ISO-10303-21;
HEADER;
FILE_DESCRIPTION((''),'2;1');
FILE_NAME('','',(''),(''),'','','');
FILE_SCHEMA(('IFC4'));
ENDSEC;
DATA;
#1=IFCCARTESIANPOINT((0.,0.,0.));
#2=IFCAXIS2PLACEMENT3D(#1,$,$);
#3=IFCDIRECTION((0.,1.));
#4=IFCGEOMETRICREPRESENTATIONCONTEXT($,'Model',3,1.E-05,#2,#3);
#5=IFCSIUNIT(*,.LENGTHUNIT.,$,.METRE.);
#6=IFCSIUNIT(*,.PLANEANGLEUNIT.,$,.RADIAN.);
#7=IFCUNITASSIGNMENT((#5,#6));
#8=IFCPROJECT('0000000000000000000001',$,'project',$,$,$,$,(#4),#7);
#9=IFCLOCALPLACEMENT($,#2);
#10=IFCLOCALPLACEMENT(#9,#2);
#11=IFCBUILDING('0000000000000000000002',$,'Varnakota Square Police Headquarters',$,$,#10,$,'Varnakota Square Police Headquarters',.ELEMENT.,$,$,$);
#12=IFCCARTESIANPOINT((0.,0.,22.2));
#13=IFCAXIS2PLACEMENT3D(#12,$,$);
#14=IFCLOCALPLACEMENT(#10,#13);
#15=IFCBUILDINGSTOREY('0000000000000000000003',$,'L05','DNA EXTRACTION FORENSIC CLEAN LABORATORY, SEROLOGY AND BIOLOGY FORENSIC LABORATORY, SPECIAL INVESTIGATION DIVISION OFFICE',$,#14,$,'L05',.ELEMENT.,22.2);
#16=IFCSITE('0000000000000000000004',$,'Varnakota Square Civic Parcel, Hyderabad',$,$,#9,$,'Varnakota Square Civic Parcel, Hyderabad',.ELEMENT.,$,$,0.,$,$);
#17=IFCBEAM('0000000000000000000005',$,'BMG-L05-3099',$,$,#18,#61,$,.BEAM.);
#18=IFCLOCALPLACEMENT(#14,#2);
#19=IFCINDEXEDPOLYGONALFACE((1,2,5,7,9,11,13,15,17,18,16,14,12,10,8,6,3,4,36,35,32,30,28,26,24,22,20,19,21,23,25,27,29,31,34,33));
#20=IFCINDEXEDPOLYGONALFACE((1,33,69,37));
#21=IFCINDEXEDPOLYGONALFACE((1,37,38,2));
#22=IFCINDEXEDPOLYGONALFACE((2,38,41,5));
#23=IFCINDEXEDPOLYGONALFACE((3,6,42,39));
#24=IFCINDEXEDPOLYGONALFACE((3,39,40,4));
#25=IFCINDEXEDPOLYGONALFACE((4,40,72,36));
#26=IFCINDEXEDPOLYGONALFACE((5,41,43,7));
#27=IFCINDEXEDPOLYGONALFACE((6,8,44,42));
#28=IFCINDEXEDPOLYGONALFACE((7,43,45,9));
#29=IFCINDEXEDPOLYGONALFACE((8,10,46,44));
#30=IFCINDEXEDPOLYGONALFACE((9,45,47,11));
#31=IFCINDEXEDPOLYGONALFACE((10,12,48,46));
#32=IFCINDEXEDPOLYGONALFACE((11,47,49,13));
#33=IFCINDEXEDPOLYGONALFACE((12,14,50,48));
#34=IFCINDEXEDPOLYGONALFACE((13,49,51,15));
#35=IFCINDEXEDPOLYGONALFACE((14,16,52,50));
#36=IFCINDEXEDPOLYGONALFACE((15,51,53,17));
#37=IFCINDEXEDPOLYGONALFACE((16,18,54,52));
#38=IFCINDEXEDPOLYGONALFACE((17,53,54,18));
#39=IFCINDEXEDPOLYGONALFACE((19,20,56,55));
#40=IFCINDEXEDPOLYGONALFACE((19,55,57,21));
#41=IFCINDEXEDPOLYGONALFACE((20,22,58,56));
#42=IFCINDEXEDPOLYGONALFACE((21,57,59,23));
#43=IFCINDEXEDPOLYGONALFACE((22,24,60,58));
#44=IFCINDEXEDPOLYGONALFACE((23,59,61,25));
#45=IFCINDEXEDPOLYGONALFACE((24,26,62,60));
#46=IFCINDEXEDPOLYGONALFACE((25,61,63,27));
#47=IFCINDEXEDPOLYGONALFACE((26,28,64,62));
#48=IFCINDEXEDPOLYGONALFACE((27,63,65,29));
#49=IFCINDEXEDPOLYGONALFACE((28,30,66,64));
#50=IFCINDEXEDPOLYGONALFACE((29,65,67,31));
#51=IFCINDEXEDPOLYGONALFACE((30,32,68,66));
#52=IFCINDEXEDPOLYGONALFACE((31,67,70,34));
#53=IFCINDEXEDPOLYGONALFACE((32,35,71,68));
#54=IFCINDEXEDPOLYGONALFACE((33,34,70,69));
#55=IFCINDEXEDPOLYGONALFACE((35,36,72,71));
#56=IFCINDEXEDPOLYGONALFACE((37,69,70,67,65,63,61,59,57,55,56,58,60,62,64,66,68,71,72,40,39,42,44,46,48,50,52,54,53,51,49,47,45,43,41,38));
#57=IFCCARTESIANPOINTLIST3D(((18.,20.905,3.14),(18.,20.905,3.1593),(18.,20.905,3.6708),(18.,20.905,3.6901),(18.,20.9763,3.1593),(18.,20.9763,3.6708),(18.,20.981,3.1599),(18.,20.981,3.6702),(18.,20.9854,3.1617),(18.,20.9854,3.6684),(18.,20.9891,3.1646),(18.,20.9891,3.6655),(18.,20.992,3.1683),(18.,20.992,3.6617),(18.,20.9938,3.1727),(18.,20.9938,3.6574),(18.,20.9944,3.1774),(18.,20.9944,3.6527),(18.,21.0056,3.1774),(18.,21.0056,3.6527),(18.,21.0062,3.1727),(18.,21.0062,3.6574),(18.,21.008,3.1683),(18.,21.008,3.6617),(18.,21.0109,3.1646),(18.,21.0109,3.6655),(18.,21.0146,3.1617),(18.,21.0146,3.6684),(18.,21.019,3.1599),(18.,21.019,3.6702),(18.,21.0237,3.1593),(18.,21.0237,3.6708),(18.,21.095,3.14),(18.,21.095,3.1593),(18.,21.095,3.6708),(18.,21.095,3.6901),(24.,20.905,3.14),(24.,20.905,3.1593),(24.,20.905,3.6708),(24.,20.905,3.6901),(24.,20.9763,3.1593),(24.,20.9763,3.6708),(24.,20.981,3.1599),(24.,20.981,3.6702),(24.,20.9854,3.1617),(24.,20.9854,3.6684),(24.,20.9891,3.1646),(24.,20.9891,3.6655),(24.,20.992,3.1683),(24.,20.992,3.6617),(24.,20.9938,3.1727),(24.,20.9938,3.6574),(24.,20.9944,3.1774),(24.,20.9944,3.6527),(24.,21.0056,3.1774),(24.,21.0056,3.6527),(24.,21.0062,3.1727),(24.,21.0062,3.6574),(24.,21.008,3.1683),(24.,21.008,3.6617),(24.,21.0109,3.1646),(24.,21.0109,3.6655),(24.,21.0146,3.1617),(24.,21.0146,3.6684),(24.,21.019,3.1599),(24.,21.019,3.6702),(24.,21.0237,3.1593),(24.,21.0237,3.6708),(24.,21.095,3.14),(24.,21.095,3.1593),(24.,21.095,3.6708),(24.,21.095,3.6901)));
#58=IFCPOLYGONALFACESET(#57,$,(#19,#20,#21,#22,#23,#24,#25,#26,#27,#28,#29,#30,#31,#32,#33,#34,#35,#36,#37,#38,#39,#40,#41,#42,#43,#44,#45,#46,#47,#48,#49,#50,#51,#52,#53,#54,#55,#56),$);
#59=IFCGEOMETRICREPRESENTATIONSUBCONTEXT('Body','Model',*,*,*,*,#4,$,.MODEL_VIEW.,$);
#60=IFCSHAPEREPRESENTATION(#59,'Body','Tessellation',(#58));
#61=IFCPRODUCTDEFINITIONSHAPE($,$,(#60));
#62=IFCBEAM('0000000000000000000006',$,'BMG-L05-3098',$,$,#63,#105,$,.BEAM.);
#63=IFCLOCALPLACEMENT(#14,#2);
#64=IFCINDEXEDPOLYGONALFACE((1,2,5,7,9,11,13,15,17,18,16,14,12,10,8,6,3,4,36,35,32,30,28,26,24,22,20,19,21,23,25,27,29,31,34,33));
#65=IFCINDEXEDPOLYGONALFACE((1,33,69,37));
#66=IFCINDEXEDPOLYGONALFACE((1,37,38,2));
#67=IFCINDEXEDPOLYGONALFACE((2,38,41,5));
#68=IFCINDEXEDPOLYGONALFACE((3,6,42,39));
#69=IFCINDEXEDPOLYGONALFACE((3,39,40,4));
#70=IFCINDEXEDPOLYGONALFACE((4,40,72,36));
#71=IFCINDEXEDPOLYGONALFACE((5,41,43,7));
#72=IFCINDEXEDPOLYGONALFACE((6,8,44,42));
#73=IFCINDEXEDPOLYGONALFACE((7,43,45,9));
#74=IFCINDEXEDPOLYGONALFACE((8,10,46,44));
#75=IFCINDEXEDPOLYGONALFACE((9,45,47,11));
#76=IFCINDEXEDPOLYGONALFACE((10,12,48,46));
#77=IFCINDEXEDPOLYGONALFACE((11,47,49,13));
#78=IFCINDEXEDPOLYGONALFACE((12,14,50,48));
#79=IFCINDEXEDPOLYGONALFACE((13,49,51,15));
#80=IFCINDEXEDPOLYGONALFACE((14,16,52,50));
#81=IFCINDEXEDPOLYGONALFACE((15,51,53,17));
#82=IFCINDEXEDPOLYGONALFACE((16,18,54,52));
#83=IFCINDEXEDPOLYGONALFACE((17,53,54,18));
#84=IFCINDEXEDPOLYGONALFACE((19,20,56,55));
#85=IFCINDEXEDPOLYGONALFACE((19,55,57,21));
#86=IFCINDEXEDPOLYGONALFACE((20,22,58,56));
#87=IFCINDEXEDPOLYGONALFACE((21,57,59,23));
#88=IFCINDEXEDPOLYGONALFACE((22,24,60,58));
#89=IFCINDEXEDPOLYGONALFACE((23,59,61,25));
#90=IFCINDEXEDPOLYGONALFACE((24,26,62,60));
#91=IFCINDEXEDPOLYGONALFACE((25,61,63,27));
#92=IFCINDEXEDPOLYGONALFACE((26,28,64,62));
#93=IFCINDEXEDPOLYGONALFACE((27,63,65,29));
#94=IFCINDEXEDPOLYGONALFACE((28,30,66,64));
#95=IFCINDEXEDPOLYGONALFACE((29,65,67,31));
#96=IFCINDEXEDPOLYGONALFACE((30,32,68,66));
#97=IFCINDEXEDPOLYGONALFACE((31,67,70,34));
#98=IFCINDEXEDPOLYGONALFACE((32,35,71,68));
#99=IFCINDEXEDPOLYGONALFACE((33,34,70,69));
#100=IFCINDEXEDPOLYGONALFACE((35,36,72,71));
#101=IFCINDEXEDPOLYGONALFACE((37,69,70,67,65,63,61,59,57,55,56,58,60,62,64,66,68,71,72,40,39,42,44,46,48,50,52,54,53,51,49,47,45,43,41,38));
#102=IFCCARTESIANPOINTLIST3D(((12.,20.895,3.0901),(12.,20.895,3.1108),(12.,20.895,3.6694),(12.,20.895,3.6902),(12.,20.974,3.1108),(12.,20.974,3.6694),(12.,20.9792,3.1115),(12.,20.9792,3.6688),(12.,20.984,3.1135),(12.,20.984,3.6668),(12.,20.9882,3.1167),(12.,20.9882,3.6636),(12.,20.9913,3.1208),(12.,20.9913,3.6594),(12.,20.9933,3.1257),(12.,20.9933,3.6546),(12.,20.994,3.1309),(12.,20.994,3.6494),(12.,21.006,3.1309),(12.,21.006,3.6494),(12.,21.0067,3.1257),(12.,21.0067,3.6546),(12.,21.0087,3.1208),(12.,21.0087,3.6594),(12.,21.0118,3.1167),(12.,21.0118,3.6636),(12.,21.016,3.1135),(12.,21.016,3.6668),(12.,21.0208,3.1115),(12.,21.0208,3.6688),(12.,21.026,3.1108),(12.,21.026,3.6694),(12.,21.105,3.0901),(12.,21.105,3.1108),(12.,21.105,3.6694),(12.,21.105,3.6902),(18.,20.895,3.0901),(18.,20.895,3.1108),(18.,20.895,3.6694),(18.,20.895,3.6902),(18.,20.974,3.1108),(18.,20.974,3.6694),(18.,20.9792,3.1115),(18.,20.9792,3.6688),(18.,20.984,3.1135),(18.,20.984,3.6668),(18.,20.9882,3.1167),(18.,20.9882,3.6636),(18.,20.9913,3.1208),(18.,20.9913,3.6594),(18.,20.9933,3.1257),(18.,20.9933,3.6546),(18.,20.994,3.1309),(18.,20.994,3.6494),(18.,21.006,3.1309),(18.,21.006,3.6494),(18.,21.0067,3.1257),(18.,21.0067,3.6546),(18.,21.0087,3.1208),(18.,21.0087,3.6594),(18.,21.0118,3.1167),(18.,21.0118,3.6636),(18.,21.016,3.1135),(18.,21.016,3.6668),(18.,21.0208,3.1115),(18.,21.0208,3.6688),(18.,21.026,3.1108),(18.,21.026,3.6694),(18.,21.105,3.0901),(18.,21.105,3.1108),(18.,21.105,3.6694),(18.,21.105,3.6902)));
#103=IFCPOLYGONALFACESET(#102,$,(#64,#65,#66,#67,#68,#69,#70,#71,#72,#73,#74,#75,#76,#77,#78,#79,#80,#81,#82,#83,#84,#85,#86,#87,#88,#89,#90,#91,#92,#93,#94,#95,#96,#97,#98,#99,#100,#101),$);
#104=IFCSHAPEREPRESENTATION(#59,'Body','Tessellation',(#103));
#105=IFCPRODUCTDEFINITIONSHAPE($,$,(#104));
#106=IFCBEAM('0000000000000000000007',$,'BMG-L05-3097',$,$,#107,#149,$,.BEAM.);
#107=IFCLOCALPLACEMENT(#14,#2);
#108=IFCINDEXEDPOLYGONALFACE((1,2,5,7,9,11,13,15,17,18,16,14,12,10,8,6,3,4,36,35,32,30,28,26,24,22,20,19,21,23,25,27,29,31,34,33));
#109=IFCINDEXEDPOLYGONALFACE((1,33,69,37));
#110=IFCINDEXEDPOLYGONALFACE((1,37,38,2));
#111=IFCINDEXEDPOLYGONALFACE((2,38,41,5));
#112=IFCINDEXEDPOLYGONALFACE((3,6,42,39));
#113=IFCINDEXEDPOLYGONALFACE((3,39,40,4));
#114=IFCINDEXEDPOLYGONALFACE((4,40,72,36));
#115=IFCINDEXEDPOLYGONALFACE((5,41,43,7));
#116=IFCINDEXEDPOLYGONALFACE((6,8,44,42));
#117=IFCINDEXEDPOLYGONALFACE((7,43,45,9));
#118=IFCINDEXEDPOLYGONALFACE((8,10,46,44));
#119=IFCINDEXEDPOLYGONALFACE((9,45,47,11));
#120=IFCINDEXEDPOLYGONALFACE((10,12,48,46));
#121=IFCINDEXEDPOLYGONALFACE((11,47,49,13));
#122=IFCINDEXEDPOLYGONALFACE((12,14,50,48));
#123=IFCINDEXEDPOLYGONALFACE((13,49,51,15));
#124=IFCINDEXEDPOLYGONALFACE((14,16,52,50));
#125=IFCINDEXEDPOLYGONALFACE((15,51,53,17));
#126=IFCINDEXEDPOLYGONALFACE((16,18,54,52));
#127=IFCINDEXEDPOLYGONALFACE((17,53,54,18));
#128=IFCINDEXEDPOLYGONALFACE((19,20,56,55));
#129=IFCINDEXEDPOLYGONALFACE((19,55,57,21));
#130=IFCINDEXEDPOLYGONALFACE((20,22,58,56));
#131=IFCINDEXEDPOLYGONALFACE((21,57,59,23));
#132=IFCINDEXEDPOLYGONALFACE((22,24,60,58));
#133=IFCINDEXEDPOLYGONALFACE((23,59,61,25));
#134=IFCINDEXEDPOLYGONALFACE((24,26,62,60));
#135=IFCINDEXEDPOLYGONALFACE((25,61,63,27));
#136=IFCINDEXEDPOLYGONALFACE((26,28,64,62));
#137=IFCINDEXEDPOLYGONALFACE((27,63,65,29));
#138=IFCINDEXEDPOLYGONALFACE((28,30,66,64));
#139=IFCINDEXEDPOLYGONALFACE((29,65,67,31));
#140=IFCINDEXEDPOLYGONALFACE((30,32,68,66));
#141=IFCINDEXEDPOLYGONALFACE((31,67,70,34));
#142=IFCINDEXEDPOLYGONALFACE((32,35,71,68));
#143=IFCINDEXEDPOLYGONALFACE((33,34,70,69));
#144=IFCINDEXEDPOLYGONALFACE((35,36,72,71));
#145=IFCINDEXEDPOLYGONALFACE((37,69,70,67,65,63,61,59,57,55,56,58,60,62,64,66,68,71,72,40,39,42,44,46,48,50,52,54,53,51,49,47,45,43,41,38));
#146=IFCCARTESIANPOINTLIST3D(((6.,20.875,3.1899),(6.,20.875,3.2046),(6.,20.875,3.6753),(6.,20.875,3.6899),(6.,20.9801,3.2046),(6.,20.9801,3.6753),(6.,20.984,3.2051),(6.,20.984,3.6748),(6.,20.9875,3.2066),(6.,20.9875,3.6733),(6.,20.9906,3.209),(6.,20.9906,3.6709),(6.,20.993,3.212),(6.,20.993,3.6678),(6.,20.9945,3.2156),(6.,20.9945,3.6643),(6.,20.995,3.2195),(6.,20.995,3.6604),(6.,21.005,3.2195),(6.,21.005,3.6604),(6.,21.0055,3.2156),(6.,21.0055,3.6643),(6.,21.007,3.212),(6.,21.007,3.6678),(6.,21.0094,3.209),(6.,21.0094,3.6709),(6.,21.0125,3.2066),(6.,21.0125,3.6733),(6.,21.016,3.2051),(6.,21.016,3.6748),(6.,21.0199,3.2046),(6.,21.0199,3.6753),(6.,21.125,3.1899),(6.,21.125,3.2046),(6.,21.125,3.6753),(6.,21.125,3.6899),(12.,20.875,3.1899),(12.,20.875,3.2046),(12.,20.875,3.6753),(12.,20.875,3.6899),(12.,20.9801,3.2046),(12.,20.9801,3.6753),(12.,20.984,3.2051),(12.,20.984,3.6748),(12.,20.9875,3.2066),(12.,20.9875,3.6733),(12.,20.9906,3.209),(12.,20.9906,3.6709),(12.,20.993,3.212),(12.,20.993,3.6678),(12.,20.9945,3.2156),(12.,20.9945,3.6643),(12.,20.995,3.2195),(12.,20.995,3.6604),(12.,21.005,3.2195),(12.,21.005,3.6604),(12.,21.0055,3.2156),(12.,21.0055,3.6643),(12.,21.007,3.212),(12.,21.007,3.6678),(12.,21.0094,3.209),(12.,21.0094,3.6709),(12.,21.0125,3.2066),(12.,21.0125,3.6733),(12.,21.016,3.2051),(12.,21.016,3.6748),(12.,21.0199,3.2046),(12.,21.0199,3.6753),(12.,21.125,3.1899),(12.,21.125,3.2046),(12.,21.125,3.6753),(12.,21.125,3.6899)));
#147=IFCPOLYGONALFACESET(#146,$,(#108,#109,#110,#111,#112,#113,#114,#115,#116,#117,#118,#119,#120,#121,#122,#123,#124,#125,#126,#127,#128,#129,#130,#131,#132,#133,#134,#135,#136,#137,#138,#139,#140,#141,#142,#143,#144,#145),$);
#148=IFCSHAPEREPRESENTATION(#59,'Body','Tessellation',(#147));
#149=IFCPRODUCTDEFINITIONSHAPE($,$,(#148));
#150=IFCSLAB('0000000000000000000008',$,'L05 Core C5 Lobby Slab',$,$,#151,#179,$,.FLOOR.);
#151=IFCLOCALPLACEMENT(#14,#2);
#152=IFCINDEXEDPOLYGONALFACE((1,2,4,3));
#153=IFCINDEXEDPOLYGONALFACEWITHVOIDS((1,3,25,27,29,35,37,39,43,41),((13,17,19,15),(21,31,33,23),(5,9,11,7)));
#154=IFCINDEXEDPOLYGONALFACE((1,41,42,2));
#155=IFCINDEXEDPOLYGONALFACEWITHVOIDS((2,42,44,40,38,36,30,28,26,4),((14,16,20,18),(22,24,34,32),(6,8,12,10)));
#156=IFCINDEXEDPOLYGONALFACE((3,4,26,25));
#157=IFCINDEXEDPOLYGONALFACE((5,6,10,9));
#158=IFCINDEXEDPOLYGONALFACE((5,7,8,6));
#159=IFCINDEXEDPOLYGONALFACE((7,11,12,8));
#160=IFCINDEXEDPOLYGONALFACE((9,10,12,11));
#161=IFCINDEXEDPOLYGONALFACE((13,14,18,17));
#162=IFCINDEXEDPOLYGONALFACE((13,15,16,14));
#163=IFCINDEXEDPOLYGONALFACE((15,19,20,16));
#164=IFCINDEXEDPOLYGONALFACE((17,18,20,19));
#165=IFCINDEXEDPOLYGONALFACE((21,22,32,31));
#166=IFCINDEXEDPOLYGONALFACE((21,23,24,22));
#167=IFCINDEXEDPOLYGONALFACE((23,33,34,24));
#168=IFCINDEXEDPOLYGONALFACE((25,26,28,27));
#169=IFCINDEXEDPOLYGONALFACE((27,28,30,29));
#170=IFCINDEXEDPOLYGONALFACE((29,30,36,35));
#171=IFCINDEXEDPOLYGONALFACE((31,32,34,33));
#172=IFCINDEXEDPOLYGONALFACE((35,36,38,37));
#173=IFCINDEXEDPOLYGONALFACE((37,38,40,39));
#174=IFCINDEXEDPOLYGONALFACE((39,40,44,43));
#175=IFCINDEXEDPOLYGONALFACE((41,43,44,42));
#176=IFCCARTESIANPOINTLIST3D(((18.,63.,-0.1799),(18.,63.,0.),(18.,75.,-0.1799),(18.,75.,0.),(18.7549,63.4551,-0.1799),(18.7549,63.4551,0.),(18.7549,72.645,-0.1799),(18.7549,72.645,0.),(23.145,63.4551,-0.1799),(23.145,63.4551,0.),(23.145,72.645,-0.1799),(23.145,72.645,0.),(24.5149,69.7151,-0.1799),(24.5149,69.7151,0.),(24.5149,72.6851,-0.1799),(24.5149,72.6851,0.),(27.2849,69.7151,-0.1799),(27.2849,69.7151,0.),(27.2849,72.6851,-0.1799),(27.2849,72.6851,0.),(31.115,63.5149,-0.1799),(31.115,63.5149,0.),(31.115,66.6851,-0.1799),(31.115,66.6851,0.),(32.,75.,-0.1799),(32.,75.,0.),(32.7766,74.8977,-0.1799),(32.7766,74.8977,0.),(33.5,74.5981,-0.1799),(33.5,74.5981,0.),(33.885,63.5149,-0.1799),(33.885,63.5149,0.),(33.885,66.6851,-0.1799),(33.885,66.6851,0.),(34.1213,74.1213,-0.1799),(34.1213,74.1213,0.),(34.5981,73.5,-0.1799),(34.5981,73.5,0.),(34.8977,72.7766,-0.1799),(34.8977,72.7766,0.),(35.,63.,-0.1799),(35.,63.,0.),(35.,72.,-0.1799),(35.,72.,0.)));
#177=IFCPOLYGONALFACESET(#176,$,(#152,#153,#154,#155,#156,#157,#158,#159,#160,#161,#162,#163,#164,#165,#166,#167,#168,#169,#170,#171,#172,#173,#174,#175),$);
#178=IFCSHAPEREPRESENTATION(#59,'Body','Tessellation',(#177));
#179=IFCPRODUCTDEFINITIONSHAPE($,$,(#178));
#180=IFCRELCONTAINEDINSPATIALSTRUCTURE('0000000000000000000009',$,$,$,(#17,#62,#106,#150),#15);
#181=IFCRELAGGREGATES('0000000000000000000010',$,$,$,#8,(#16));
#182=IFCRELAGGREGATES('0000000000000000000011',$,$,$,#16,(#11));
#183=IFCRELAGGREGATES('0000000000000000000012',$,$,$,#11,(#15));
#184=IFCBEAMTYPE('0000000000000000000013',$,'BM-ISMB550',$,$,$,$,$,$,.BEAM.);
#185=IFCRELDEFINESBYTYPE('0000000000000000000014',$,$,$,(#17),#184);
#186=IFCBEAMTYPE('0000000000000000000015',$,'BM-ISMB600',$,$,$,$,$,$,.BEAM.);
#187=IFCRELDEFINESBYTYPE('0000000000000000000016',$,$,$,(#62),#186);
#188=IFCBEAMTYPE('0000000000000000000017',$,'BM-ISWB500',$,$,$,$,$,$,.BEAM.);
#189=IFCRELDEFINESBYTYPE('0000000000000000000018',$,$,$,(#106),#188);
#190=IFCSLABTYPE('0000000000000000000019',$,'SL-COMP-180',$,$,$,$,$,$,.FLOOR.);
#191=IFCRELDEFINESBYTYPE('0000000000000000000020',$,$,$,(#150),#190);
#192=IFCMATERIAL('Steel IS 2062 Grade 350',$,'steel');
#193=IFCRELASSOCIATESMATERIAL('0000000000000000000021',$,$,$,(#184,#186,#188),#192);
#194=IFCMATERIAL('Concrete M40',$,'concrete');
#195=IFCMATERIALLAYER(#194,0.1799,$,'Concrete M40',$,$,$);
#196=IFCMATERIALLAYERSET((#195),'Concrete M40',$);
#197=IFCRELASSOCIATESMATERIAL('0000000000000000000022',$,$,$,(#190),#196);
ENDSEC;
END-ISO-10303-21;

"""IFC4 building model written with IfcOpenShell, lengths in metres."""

from ifc_helpers import new_model, si_unit, direction, frame, origin, origin_2d, place, context, subcontext, project, spatial, polyline, i_section, outline, extrude, material, layer, layer_set, material_profile, profile_set, type_object, element, save


model = new_model("IFC4")

# Units and contexts
model_context = context("Model", 3, precision=1e-05, world=origin(), true_north=direction((0.0, 1.0)))
body_context = subcontext(model_context, "Body", "Model", "MODEL_VIEW")
ifc_project = project(units=[si_unit("LENGTHUNIT", "METRE"), si_unit("PLANEANGLEUNIT", "RADIAN")], contexts=[model_context])

# Site, building, storey
site_placement = place(None, origin())
site = spatial("IfcSite", under=ifc_project, at=site_placement, Name="Varnakota Square Civic Parcel, Hyderabad", LongName="Varnakota Square Civic Parcel, Hyderabad", CompositionType="ELEMENT", RefElevation=0.0)
building_placement = place(site_placement, origin())
building = spatial("IfcBuilding", under=site, at=building_placement, Name="Varnakota Square Police Headquarters", LongName="Varnakota Square Police Headquarters", CompositionType="ELEMENT")
storey_placement = place(building_placement, frame((0.0, 0.0, 22.2)))
storey = spatial("IfcBuildingStorey", under=building, at=storey_placement, Name="L05", Description="DNA EXTRACTION FORENSIC CLEAN LABORATORY, SEROLOGY AND BIOLOGY FORENSIC LABORATORY, SPECIAL INVESTIGATION DIVISION OFFICE", LongName="L05", CompositionType="ELEMENT", Elevation=22.2)

# Shared definitions
ifc_material_1 = material(Name="Steel IS 2062 Grade 350", Category="steel")

# Beams
ifc_material_profile_1 = material_profile(ifc_material_1, i_section(OverallWidth=0.1899, OverallDepth=0.55, WebThickness=0.0112, FlangeThickness=0.0193, FilletRadius=0.0181, at=origin_2d()), Name="ISMB 550")
ifc_profile_set_1 = profile_set([ifc_material_profile_1], Name="Steel IS 2062 Grade 350")
beam_type_1 = type_object("IfcBeamType", Name="BM-ISMB550", PredefinedType="BEAM", material=ifc_profile_set_1)
beam_1_placement = place(storey_placement, frame((18.0, 21.0, 3.415), z_axis=(1.0, 0.0, 0.0), x_axis=(0.0, 1.0, 0.0)))
element("IfcBeam", 1, at=beam_1_placement, inside=storey, type_object=beam_type_1, Name="BMG-L05-3099", PredefinedType="BEAM", context=body_context, shape_type="SweptSolid", body=[
    extrude(i_section(OverallWidth=0.1899, OverallDepth=0.55, WebThickness=0.0112, FlangeThickness=0.0193, FilletRadius=0.0181, at=origin_2d()), origin(), (0.0, 0.0, 1.0), 6.0),
])
ifc_material_profile_2 = material_profile(ifc_material_1, i_section(OverallWidth=0.21, OverallDepth=0.6001, WebThickness=0.012, FlangeThickness=0.0208, FilletRadius=0.02, at=origin_2d()), Name="ISMB 600")
ifc_profile_set_2 = profile_set([ifc_material_profile_2], Name="Steel IS 2062 Grade 350")
beam_type_2 = type_object("IfcBeamType", Name="BM-ISMB600", PredefinedType="BEAM", material=ifc_profile_set_2)
beam_2_placement = place(storey_placement, frame((12.0, 21.0, 3.3901), z_axis=(1.0, 0.0, 0.0), x_axis=(0.0, 1.0, 0.0)))
element("IfcBeam", 2, at=beam_2_placement, inside=storey, type_object=beam_type_2, Name="BMG-L05-3098", PredefinedType="BEAM", context=body_context, shape_type="SweptSolid", body=[
    extrude(i_section(OverallWidth=0.21, OverallDepth=0.6001, WebThickness=0.012, FlangeThickness=0.0208, FilletRadius=0.02, at=origin_2d()), origin(), (0.0, 0.0, 1.0), 6.0),
])
ifc_material_profile_3 = material_profile(ifc_material_1, i_section(OverallWidth=0.25, OverallDepth=0.5, WebThickness=0.01, FlangeThickness=0.0146, FilletRadius=0.0149, at=origin_2d()), Name="ISWB 500")
ifc_profile_set_3 = profile_set([ifc_material_profile_3], Name="Steel IS 2062 Grade 350")
beam_type_3 = type_object("IfcBeamType", Name="BM-ISWB500", PredefinedType="BEAM", material=ifc_profile_set_3)
beam_3_placement = place(storey_placement, frame((6.0, 21.0, 3.4399), z_axis=(1.0, 0.0, 0.0), x_axis=(0.0, 1.0, 0.0)))
element("IfcBeam", 3, at=beam_3_placement, inside=storey, type_object=beam_type_3, Name="BMG-L05-3097", PredefinedType="BEAM", context=body_context, shape_type="SweptSolid", body=[
    extrude(i_section(OverallWidth=0.25, OverallDepth=0.5, WebThickness=0.01, FlangeThickness=0.0146, FilletRadius=0.0149, at=origin_2d()), origin(), (0.0, 0.0, 1.0), 6.0),
])

# Slab
ifc_material_2 = material(Name="Concrete M40", Category="concrete")
ifc_layer_1 = layer(ifc_material_2, 0.1799, Name="Concrete M40")
ifc_layer_set_1 = layer_set([ifc_layer_1], Name="Concrete M40")
slab_type_1 = type_object("IfcSlabType", Name="SL-COMP-180", PredefinedType="FLOOR", material=ifc_layer_set_1)
slab_1_placement = place(storey_placement, frame((0.0, 0.0, -0.1799)))
element("IfcSlab", 4, at=slab_1_placement, inside=storey, type_object=slab_type_1, Name="L05 Core C5 Lobby Slab", PredefinedType="FLOOR", context=body_context, shape_type="SweptSolid", body=[
    extrude(outline(polyline([(18.0, 63.0), (35.0, 63.0), (35.0, 72.0), (34.8977, 72.7766), (34.5981, 73.5), (34.1213, 74.1213), (33.5, 74.5981), (32.7766, 74.8977), (32.0, 75.0), (18.0, 75.0), (18.0, 63.0)]), holes=[polyline([(18.7549, 63.4551), (23.145, 63.4551), (23.145, 72.645), (18.7549, 72.645), (18.7549, 63.4551)]), polyline([(24.5149, 69.7151), (27.2849, 69.7151), (27.2849, 72.6851), (24.5149, 72.6851), (24.5149, 69.7151)]), polyline([(31.115, 63.5149), (33.885, 63.5149), (33.885, 66.6851), (31.115, 66.6851), (31.115, 63.5149)])]), origin(), (0.0, 0.0, 1.0), 0.1799),
])

save(model, "model.ifc")
